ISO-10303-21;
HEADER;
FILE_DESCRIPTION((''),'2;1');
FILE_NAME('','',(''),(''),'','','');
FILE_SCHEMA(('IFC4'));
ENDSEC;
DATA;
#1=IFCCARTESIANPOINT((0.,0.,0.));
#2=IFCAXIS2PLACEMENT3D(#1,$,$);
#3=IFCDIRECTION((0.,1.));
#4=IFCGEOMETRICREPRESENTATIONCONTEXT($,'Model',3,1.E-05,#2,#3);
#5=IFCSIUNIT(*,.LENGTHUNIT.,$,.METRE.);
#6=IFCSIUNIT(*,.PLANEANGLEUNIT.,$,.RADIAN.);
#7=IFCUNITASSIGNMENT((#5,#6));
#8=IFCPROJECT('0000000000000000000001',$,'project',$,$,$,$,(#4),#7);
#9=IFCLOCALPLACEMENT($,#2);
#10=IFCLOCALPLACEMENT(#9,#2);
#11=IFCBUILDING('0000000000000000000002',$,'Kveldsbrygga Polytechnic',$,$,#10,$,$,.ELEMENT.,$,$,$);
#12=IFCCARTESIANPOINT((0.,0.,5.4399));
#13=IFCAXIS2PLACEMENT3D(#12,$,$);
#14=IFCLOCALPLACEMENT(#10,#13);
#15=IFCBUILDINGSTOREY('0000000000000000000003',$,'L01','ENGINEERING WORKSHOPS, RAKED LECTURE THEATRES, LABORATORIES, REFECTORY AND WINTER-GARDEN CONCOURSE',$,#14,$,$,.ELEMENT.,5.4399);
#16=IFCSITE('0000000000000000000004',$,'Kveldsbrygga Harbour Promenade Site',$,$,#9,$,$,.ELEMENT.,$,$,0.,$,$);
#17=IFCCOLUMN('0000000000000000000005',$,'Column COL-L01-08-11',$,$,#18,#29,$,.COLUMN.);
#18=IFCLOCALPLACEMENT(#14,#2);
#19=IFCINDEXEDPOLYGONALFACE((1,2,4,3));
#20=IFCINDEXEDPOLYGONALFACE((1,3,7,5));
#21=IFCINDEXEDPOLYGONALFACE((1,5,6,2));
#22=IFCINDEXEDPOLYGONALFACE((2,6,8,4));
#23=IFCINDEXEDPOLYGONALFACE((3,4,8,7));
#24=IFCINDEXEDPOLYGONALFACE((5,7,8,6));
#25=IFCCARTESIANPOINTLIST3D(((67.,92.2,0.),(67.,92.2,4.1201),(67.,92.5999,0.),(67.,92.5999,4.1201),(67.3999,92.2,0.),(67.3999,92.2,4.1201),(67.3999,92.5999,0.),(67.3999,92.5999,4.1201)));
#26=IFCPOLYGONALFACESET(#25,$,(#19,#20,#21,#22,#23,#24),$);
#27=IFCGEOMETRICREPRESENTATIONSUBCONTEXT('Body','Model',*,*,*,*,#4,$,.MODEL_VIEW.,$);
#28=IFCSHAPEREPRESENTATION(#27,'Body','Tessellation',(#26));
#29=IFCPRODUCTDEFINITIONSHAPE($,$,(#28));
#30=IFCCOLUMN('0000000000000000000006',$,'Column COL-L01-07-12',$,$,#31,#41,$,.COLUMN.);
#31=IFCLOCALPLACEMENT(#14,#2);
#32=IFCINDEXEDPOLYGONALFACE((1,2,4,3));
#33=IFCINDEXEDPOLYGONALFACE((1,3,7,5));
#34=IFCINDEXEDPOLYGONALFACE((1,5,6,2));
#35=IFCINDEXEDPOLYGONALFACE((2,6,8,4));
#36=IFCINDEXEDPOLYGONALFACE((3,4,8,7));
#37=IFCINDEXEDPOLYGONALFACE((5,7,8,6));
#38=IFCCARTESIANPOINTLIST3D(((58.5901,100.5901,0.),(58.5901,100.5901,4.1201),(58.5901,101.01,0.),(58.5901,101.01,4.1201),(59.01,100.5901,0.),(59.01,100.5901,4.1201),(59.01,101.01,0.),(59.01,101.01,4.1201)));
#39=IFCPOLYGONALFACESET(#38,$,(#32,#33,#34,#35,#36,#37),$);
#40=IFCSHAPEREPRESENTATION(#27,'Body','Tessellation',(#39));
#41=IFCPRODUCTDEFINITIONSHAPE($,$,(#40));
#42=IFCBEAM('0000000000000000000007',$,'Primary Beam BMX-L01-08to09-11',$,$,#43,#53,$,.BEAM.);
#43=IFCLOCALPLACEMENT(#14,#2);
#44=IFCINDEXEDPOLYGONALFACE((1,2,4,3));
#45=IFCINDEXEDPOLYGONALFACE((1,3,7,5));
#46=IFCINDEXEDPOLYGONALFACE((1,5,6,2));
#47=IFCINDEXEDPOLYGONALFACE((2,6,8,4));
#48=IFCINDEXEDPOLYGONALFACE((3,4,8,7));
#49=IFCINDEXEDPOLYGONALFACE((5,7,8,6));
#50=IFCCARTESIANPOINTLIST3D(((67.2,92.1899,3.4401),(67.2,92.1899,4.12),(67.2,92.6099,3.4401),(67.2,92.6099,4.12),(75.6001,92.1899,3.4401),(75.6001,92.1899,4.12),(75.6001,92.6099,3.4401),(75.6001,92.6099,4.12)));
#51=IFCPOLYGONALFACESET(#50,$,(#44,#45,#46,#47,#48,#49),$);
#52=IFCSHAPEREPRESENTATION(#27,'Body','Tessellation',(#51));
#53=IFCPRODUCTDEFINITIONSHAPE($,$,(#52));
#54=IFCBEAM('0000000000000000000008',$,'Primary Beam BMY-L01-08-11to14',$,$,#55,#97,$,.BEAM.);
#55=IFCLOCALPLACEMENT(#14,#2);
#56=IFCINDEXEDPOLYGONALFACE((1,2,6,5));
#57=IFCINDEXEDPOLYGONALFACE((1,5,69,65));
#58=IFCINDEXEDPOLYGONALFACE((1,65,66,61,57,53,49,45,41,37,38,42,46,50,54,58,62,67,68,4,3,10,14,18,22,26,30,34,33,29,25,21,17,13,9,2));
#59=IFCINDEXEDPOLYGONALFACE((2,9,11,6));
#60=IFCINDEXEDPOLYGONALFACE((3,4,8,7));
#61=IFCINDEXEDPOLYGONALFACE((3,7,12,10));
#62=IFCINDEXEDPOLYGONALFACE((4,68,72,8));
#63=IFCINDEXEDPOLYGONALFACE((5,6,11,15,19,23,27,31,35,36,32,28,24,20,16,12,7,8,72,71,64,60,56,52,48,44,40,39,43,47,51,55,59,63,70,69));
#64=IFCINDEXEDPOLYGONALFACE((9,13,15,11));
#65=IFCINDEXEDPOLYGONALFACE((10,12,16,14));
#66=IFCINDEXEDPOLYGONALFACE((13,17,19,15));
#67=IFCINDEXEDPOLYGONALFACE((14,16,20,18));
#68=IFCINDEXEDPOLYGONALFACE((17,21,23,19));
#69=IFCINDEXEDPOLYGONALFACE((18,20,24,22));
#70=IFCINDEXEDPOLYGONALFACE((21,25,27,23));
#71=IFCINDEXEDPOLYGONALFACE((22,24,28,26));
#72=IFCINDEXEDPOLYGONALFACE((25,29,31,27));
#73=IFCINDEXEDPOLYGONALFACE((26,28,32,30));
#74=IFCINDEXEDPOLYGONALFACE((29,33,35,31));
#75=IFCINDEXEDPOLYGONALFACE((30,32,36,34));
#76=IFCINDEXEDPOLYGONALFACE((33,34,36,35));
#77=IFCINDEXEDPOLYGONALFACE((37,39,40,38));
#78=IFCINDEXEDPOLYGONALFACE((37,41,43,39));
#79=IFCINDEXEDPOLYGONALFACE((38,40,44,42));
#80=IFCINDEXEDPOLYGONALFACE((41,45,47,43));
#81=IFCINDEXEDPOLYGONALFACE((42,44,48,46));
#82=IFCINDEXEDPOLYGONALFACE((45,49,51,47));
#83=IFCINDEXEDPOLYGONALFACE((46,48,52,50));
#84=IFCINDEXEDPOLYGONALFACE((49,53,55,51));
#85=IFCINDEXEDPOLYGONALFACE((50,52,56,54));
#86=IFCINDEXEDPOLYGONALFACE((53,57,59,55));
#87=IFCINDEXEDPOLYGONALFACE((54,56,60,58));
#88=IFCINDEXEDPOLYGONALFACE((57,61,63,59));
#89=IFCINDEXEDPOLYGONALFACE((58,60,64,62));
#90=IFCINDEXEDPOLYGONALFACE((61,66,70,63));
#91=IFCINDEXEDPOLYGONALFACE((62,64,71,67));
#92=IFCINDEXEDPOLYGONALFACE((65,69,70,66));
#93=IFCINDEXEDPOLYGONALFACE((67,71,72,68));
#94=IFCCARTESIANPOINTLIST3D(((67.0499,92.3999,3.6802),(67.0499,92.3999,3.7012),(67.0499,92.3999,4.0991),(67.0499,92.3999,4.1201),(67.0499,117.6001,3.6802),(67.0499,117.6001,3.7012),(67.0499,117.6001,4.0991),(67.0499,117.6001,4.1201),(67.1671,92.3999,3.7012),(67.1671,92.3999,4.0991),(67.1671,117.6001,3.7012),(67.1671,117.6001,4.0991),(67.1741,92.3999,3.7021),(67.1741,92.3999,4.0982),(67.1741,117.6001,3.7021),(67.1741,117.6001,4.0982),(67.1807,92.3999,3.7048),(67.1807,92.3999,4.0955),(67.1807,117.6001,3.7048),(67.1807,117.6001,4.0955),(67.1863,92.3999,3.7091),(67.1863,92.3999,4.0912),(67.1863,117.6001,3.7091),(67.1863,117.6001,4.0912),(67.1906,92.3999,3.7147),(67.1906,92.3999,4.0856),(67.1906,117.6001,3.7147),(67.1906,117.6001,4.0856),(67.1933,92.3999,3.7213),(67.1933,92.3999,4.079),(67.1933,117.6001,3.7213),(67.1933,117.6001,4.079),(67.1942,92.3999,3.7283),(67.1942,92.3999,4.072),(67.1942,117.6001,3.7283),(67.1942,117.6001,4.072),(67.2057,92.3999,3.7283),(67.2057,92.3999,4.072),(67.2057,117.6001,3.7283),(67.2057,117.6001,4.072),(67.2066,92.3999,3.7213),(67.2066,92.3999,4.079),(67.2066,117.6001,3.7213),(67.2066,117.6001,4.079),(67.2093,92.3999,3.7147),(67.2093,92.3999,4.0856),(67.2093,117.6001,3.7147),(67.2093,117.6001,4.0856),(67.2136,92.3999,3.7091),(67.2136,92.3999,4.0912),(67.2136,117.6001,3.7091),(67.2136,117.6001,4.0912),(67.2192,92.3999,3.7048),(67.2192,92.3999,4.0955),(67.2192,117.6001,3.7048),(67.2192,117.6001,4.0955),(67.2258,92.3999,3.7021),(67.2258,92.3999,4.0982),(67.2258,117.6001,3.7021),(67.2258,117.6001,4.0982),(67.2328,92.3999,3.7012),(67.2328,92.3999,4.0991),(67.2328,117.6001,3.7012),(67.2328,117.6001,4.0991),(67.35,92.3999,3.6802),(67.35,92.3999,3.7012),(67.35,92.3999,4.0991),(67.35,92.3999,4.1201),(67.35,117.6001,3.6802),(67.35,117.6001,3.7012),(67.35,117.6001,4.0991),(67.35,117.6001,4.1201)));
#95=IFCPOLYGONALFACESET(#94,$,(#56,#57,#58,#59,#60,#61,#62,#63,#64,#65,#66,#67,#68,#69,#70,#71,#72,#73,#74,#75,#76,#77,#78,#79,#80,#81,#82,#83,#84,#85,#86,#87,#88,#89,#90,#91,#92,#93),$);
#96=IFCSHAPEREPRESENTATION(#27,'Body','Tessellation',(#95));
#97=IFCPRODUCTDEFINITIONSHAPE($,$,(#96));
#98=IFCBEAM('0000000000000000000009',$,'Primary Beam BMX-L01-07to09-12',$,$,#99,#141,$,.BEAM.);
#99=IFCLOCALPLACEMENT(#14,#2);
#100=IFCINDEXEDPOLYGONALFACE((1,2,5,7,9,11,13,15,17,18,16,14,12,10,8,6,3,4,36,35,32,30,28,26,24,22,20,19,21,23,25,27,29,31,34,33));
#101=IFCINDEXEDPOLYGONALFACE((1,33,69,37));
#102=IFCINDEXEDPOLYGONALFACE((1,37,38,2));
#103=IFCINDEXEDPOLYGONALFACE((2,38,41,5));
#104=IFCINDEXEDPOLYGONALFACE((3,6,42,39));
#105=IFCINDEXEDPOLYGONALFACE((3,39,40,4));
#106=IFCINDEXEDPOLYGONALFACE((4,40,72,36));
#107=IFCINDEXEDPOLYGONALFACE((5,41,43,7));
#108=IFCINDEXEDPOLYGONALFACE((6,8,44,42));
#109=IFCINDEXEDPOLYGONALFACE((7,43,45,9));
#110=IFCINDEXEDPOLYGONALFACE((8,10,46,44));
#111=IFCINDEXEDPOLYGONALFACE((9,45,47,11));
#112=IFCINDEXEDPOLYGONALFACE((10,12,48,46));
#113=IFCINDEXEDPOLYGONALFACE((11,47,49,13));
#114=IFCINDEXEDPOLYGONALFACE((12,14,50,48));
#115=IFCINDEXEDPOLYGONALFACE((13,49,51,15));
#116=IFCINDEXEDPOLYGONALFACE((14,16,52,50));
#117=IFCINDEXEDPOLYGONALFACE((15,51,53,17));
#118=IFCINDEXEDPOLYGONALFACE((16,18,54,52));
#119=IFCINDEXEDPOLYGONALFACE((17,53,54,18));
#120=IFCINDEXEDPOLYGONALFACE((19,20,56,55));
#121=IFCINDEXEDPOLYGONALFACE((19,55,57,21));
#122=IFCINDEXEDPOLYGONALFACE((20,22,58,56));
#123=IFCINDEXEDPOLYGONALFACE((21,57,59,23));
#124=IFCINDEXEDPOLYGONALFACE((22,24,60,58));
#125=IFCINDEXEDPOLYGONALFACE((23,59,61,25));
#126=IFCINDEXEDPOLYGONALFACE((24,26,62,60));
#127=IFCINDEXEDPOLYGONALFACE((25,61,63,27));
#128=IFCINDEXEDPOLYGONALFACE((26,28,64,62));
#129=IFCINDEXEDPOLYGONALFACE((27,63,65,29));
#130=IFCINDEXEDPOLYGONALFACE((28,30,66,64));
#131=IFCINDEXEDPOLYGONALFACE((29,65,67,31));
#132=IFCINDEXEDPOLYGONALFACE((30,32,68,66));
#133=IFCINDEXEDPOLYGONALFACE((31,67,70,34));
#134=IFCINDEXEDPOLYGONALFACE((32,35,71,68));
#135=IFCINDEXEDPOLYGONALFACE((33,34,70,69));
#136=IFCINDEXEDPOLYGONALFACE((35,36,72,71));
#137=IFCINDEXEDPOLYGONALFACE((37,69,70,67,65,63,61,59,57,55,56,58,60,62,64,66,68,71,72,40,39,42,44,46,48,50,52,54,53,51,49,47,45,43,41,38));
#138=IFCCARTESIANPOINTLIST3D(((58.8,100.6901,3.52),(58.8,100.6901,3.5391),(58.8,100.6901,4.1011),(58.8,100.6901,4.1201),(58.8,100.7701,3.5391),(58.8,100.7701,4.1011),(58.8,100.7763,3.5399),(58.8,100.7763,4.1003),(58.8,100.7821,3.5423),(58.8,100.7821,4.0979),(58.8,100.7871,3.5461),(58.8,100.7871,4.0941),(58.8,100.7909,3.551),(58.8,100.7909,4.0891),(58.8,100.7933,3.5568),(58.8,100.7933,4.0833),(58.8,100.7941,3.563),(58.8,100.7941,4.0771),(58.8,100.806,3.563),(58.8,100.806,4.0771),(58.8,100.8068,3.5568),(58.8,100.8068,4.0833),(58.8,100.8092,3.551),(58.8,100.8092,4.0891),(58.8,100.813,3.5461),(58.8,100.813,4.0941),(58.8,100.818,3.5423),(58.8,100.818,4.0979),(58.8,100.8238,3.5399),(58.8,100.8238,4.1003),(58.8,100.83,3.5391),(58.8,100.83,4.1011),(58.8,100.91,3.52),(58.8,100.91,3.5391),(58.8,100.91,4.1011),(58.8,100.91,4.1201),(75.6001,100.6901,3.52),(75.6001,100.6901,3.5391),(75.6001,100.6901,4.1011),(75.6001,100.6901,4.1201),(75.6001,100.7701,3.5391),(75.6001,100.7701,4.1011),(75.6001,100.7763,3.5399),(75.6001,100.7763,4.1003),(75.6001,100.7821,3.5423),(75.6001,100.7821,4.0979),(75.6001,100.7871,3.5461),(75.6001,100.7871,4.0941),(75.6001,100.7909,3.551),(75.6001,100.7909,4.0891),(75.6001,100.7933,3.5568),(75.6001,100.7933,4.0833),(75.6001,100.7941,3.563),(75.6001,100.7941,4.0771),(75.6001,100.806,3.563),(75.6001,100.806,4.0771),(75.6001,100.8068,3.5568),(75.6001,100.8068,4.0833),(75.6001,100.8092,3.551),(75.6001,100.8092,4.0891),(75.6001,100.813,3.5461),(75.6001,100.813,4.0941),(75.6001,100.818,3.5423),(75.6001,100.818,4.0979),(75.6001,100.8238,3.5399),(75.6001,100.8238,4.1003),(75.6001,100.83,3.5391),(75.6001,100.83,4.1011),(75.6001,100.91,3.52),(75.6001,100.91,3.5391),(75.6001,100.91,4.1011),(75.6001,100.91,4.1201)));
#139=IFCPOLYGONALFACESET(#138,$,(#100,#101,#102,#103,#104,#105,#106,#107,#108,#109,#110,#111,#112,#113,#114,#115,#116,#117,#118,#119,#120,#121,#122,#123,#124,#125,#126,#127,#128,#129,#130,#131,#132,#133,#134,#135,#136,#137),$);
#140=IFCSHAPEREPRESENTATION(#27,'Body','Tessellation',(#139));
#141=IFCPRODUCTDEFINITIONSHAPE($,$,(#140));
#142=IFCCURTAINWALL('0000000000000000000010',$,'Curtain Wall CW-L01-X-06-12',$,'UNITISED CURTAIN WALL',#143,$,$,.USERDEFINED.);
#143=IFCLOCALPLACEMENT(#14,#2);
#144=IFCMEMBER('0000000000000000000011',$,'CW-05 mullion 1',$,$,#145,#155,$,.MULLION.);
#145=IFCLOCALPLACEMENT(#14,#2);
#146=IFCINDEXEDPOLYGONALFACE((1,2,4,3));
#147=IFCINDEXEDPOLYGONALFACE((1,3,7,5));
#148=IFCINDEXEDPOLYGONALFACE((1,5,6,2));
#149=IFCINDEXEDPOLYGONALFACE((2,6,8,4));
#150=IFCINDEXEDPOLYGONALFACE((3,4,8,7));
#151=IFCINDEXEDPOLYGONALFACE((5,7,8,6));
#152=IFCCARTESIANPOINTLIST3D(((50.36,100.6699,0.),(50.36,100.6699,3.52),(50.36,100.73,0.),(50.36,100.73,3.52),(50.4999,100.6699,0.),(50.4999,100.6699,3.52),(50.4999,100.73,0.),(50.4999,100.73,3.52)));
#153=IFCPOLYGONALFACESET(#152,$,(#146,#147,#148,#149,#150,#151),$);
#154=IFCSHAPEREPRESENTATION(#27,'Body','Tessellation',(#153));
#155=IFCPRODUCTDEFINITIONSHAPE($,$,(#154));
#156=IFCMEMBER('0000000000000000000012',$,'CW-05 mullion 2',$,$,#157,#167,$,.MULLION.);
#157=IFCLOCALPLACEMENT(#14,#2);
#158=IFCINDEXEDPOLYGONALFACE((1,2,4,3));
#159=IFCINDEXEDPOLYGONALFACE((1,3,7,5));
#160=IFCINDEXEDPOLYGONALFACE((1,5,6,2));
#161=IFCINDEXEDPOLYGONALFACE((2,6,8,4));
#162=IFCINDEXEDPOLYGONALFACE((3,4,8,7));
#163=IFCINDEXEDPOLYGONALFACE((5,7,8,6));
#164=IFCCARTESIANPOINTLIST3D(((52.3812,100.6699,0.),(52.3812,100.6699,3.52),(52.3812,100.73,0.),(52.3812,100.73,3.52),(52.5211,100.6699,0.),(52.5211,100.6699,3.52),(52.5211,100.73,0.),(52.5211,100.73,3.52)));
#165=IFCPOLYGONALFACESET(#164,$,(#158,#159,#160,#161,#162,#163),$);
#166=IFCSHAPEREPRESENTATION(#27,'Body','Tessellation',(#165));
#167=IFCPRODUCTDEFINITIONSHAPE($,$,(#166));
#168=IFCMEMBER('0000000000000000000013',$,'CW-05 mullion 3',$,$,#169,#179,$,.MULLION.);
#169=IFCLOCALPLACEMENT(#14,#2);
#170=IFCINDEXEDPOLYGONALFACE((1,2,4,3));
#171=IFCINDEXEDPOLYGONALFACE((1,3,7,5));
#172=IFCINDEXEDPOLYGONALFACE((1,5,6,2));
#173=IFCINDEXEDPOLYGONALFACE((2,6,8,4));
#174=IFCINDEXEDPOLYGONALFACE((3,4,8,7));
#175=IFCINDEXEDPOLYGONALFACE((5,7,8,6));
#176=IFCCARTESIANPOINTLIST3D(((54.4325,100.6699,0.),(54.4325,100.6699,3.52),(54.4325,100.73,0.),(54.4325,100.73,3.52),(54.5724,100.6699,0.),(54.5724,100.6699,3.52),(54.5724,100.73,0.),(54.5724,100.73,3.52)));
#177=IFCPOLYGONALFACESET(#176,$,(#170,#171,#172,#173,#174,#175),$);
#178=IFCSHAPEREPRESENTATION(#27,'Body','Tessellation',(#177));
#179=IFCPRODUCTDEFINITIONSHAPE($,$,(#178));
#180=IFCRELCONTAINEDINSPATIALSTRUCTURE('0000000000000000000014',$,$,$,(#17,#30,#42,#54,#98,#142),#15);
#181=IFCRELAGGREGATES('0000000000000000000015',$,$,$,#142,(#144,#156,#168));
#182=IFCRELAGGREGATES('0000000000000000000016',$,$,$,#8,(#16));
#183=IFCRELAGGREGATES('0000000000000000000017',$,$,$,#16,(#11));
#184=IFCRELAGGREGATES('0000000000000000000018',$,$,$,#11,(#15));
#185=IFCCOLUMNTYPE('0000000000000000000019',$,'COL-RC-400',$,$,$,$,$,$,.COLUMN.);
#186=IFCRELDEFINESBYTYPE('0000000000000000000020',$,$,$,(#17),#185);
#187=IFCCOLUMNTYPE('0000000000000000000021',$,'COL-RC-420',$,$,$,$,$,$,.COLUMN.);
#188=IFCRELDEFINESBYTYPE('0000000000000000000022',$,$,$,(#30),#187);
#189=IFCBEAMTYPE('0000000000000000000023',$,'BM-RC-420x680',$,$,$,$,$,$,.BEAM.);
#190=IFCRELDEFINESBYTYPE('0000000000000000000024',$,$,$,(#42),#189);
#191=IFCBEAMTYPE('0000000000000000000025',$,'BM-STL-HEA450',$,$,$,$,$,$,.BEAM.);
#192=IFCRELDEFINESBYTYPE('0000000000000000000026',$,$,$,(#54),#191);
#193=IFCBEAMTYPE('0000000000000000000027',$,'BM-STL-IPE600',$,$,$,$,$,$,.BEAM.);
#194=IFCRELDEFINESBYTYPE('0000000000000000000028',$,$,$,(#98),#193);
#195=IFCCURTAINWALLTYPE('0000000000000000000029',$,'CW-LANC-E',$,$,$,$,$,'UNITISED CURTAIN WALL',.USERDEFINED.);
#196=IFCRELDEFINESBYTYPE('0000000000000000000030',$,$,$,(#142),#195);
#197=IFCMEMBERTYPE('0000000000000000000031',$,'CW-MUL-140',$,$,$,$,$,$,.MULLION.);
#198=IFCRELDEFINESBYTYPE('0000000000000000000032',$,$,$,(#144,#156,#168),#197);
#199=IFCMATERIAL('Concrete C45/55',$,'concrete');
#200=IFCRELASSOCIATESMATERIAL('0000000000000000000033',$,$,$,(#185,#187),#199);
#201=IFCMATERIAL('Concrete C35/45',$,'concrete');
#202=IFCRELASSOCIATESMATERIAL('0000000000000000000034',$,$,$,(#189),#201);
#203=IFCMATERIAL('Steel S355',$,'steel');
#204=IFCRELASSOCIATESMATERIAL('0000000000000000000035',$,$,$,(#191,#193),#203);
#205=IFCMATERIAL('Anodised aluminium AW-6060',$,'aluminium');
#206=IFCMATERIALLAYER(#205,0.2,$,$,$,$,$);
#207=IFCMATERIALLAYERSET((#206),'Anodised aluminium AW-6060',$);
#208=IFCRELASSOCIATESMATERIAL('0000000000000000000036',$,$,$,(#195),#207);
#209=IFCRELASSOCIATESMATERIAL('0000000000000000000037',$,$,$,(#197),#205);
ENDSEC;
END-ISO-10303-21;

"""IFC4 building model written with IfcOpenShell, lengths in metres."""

from ifc_helpers import new_model, si_unit, direction, frame, origin, origin_2d, place, context, subcontext, project, spatial, rectangle, i_section, extrude, material, layer, layer_set, material_profile, profile_set, type_object, element, aggregate, save


model = new_model("IFC4")

# Units and contexts
model_context = context("Model", 3, precision=1e-05, world=origin(), true_north=direction((0.0, 1.0)))
body_context = subcontext(model_context, "Body", "Model", "MODEL_VIEW")
ifc_project = project(units=[si_unit("LENGTHUNIT", "METRE"), si_unit("PLANEANGLEUNIT", "RADIAN")], contexts=[model_context])

# Site, building, storey
site_placement = place(None, origin())
site = spatial("IfcSite", under=ifc_project, at=site_placement, Name="Kveldsbrygga Harbour Promenade Site", CompositionType="ELEMENT", RefElevation=0.0)
building_placement = place(site_placement, origin())
building = spatial("IfcBuilding", under=site, at=building_placement, Name="Kveldsbrygga Polytechnic", CompositionType="ELEMENT")
storey_placement = place(building_placement, frame((0.0, 0.0, 5.4399)))
storey = spatial("IfcBuildingStorey", under=building, at=storey_placement, Name="L01", Description="ENGINEERING WORKSHOPS, RAKED LECTURE THEATRES, LABORATORIES, REFECTORY AND WINTER-GARDEN CONCOURSE", CompositionType="ELEMENT", Elevation=5.4399)

# Columns
ifc_material_1 = material(Name="Concrete C45/55", Category="concrete")
ifc_material_profile_1 = material_profile(ifc_material_1, rectangle(XDim=0.3999, YDim=0.3999, at=origin_2d()), Name="RC 400x400")
ifc_profile_set_1 = profile_set([ifc_material_profile_1], Name="Concrete C45/55")
column_type_1 = type_object("IfcColumnType", Name="COL-RC-400", PredefinedType="COLUMN", material=ifc_profile_set_1)
column_1_placement = place(storey_placement, frame((67.2, 92.3999, 0.0), z_axis=(0.0, 0.0, 1.0), x_axis=(1.0, 0.0, 0.0)))
element("IfcColumn", 1, at=column_1_placement, inside=storey, type_object=column_type_1, Name="Column COL-L01-08-11", PredefinedType="COLUMN", context=body_context, shape_type="SweptSolid", body=[
    extrude(rectangle(XDim=0.3999, YDim=0.3999, at=origin_2d()), origin(), (0.0, 0.0, 1.0), 4.1201),
])
ifc_material_profile_2 = material_profile(ifc_material_1, rectangle(XDim=0.4199, YDim=0.4199, at=origin_2d()), Name="RC 420x420")
ifc_profile_set_2 = profile_set([ifc_material_profile_2], Name="Concrete C45/55")
column_type_2 = type_object("IfcColumnType", Name="COL-RC-420", PredefinedType="COLUMN", material=ifc_profile_set_2)
column_2_placement = place(storey_placement, frame((58.8, 100.8, 0.0), z_axis=(0.0, 0.0, 1.0), x_axis=(1.0, 0.0, 0.0)))
element("IfcColumn", 2, at=column_2_placement, inside=storey, type_object=column_type_2, Name="Column COL-L01-07-12", PredefinedType="COLUMN", context=body_context, shape_type="SweptSolid", body=[
    extrude(rectangle(XDim=0.4199, YDim=0.4199, at=origin_2d()), origin(), (0.0, 0.0, 1.0), 4.1201),
])

# Beams
ifc_material_2 = material(Name="Concrete C35/45", Category="concrete")
ifc_material_profile_3 = material_profile(ifc_material_2, rectangle(XDim=0.4199, YDim=0.6799, at=origin_2d()), Name="RC 420x680")
ifc_profile_set_3 = profile_set([ifc_material_profile_3], Name="Concrete C35/45")
beam_type_1 = type_object("IfcBeamType", Name="BM-RC-420x680", PredefinedType="BEAM", material=ifc_profile_set_3)
beam_1_placement = place(storey_placement, frame((67.2, 92.3999, 3.78), z_axis=(1.0, 0.0, 0.0), x_axis=(0.0, 1.0, 0.0)))
element("IfcBeam", 3, at=beam_1_placement, inside=storey, type_object=beam_type_1, Name="Primary Beam BMX-L01-08to09-11", PredefinedType="BEAM", context=body_context, shape_type="SweptSolid", body=[
    extrude(rectangle(XDim=0.4199, YDim=0.6799, at=origin_2d()), origin(), (0.0, 0.0, 1.0), 8.4001),
])
ifc_material_3 = material(Name="Steel S355", Category="steel")
ifc_material_profile_4 = material_profile(ifc_material_3, i_section(OverallWidth=0.3, OverallDepth=0.4399, WebThickness=0.0115, FlangeThickness=0.021, FilletRadius=0.0271, at=origin_2d()), Name="HEA 450")
ifc_profile_set_4 = profile_set([ifc_material_profile_4], Name="Steel S355")
beam_type_2 = type_object("IfcBeamType", Name="BM-STL-HEA450", PredefinedType="BEAM", material=ifc_profile_set_4)
beam_2_placement = place(storey_placement, frame((67.2, 92.3999, 3.9001), z_axis=(0.0, 1.0, 0.0), x_axis=(-1.0, 0.0, 0.0)))
element("IfcBeam", 4, at=beam_2_placement, inside=storey, type_object=beam_type_2, Name="Primary Beam BMY-L01-08-11to14", PredefinedType="BEAM", context=body_context, shape_type="SweptSolid", body=[
    extrude(i_section(OverallWidth=0.3, OverallDepth=0.4399, WebThickness=0.0115, FlangeThickness=0.021, FilletRadius=0.0271, at=origin_2d()), origin(), (0.0, 0.0, 1.0), 25.2002),
])
ifc_material_profile_5 = material_profile(ifc_material_3, i_section(OverallWidth=0.22, OverallDepth=0.6001, WebThickness=0.012, FlangeThickness=0.019, FilletRadius=0.0239, at=origin_2d()), Name="IPE 600")
ifc_profile_set_5 = profile_set([ifc_material_profile_5], Name="Steel S355")
beam_type_3 = type_object("IfcBeamType", Name="BM-STL-IPE600", PredefinedType="BEAM", material=ifc_profile_set_5)
beam_3_placement = place(storey_placement, frame((58.8, 100.8, 3.8201), z_axis=(1.0, 0.0, 0.0), x_axis=(0.0, 1.0, 0.0)))
element("IfcBeam", 5, at=beam_3_placement, inside=storey, type_object=beam_type_3, Name="Primary Beam BMX-L01-07to09-12", PredefinedType="BEAM", context=body_context, shape_type="SweptSolid", body=[
    extrude(i_section(OverallWidth=0.22, OverallDepth=0.6001, WebThickness=0.012, FlangeThickness=0.019, FilletRadius=0.0239, at=origin_2d()), origin(), (0.0, 0.0, 1.0), 16.8),
])

# Curtain wall, members
ifc_material_4 = material(Name="Anodised aluminium AW-6060", Category="aluminium")
ifc_layer_1 = layer(ifc_material_4, 0.2)
ifc_layer_set_1 = layer_set([ifc_layer_1], Name="Anodised aluminium AW-6060")
curtain_wall_type = type_object("IfcCurtainWallType", Name="CW-LANC-E", ElementType="UNITISED CURTAIN WALL", PredefinedType="USERDEFINED", material=ifc_layer_set_1)
curtain_wall_placement = place(storey_placement, origin())
curtain_wall = element("IfcCurtainWall", 6, at=curtain_wall_placement, inside=storey, type_object=curtain_wall_type, Name="Curtain Wall CW-L01-X-06-12", ObjectType="UNITISED CURTAIN WALL", PredefinedType="USERDEFINED")
ifc_material_profile_6 = material_profile(ifc_material_4, rectangle(XDim=0.0601, YDim=0.1399, at=origin_2d()), Name="ALU 60x140")
ifc_profile_set_6 = profile_set([ifc_material_profile_6], Name="Anodised aluminium AW-6060")
member_type_1 = type_object("IfcMemberType", Name="CW-MUL-140", PredefinedType="MULLION", material=ifc_profile_set_6)
member_1_placement = place(storey_placement, frame((50.4299, 100.7, 0.0), z_axis=(0.0, 0.0, 1.0), x_axis=(0.0, 1.0, 0.0)))
member_1 = element("IfcMember", 7, at=member_1_placement, type_object=member_type_1, Name="CW-05 mullion 1", PredefinedType="MULLION", context=body_context, shape_type="SweptSolid", body=[
    extrude(rectangle(XDim=0.0601, YDim=0.1399, at=origin_2d()), origin(), (0.0, 0.0, 1.0), 3.52),
])
member_2_placement = place(storey_placement, frame((52.4512, 100.7, 0.0), z_axis=(0.0, 0.0, 1.0), x_axis=(0.0, 1.0, 0.0)))
member_2 = element("IfcMember", 8, at=member_2_placement, type_object=member_type_1, Name="CW-05 mullion 2", PredefinedType="MULLION", context=body_context, shape_type="SweptSolid", body=[
    extrude(rectangle(XDim=0.0601, YDim=0.1399, at=origin_2d()), origin(), (0.0, 0.0, 1.0), 3.52),
])
member_3_placement = place(storey_placement, frame((54.5024, 100.7, 0.0), z_axis=(0.0, 0.0, 1.0), x_axis=(0.0, 1.0, 0.0)))
member_3 = element("IfcMember", 9, at=member_3_placement, type_object=member_type_1, Name="CW-05 mullion 3", PredefinedType="MULLION", context=body_context, shape_type="SweptSolid", body=[
    extrude(rectangle(XDim=0.0601, YDim=0.1399, at=origin_2d()), origin(), (0.0, 0.0, 1.0), 3.52),
])
aggregate(curtain_wall, [member_1, member_2, member_3])

save(model, "model.ifc")
